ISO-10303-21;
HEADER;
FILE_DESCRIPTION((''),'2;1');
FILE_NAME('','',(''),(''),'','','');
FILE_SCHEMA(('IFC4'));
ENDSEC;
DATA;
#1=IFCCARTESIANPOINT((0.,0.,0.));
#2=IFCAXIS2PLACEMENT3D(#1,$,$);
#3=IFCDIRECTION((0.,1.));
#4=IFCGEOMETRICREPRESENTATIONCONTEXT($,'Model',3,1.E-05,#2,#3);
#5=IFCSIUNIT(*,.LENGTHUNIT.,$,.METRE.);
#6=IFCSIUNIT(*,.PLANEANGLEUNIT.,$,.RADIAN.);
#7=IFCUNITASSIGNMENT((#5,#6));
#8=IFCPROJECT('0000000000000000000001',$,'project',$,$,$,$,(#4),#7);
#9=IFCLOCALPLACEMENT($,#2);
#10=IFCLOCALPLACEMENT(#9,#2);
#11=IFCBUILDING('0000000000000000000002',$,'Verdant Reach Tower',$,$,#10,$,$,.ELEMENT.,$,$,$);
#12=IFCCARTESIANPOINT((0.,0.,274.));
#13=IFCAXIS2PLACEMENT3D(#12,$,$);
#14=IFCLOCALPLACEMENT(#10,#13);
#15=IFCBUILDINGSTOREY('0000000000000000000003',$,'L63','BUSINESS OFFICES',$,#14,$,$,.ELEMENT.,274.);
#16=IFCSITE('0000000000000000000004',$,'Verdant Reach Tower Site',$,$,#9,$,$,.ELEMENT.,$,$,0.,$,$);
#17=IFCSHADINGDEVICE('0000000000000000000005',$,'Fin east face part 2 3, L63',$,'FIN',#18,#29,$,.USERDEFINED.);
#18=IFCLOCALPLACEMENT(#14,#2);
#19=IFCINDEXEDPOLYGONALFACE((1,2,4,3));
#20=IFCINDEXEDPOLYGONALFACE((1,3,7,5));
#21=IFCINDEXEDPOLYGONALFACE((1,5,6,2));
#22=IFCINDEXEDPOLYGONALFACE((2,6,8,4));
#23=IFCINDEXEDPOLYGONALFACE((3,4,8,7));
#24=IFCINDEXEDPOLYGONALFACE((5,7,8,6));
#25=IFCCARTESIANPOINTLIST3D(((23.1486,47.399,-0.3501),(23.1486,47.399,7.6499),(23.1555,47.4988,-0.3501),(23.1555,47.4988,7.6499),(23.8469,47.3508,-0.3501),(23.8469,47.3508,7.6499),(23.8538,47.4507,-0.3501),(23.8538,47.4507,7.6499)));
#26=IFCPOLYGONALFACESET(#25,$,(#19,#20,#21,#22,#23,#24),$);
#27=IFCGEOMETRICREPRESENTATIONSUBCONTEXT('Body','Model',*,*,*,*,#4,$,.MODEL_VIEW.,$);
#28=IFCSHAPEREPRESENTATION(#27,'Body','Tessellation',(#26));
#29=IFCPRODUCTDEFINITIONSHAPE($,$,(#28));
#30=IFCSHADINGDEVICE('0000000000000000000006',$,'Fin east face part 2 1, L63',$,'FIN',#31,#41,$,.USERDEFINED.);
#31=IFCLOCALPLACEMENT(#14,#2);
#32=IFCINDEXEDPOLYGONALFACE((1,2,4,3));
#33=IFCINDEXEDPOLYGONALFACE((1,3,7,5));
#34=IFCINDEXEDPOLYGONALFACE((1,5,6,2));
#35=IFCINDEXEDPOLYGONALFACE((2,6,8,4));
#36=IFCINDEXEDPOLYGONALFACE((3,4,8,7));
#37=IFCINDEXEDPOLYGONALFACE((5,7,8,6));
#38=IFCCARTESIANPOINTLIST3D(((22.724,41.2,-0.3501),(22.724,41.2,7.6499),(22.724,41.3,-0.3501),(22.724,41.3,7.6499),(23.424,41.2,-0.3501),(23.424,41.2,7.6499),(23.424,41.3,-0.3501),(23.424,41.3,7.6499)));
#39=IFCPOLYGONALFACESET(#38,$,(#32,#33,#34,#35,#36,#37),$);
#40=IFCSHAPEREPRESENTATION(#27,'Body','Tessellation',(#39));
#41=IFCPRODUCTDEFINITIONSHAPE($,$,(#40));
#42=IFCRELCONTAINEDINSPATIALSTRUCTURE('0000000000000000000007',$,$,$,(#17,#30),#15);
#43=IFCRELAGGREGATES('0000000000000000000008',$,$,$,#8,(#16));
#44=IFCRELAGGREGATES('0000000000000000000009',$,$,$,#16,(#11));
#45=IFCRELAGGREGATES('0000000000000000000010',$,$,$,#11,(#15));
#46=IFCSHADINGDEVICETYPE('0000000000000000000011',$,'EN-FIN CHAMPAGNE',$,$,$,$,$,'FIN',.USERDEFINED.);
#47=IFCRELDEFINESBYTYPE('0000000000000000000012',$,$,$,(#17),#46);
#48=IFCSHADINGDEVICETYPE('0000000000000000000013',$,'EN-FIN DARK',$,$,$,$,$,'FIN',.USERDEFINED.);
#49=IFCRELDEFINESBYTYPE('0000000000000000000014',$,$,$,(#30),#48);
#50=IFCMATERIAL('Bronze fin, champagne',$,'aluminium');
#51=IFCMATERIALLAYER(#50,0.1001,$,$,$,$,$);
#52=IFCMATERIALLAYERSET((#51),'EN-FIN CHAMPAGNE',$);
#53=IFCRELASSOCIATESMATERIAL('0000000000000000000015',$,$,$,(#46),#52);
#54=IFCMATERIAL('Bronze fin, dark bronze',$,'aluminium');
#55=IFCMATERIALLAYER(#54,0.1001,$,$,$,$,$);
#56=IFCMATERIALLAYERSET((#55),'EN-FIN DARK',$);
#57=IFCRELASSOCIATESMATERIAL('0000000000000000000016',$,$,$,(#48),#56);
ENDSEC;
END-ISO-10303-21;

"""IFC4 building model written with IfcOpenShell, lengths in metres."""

from ifc_helpers import new_model, si_unit, direction, frame, origin, origin_2d, place, context, subcontext, project, spatial, rectangle, extrude, material, layer, layer_set, type_object, element, save


model = new_model("IFC4")

# Units and contexts
model_context = context("Model", 3, precision=1e-05, world=origin(), true_north=direction((0.0, 1.0)))
body_context = subcontext(model_context, "Body", "Model", "MODEL_VIEW")
ifc_project = project(units=[si_unit("LENGTHUNIT", "METRE"), si_unit("PLANEANGLEUNIT", "RADIAN")], contexts=[model_context])

# Site, building, storey
site_placement = place(None, origin())
site = spatial("IfcSite", under=ifc_project, at=site_placement, Name="Verdant Reach Tower Site", CompositionType="ELEMENT", RefElevation=0.0)
building_placement = place(site_placement, origin())
building = spatial("IfcBuilding", under=site, at=building_placement, Name="Verdant Reach Tower", CompositionType="ELEMENT")
storey_placement = place(building_placement, frame((0.0, 0.0, 274.0)))
storey = spatial("IfcBuildingStorey", under=building, at=storey_placement, Name="L63", Description="BUSINESS OFFICES", CompositionType="ELEMENT", Elevation=274.0)

# Shading devices
ifc_material_1 = material(Name="Bronze fin, champagne", Category="aluminium")
ifc_layer_1 = layer(ifc_material_1, 0.1001)
ifc_layer_set_1 = layer_set([ifc_layer_1], Name="EN-FIN CHAMPAGNE")
shading_device_type_1 = type_object("IfcShadingDeviceType", Name="EN-FIN CHAMPAGNE", ElementType="FIN", PredefinedType="USERDEFINED", material=ifc_layer_set_1)
shading_device_1_placement = place(storey_placement, frame((23.5012, 47.4248, -0.3501), z_axis=(0.0, 0.0, 1.0), x_axis=(0.068802, 0.99763, 0.0)))
element("IfcShadingDevice", 1, at=shading_device_1_placement, inside=storey, type_object=shading_device_type_1, Name="Fin east face part 2 3, L63", ObjectType="FIN", PredefinedType="USERDEFINED", context=body_context, shape_type="SweptSolid", body=[
    extrude(rectangle(XDim=0.1001, YDim=0.7, at=origin_2d()), origin(), (0.0, 0.0, 1.0), 8.0),
])
ifc_material_2 = material(Name="Bronze fin, dark bronze", Category="aluminium")
ifc_layer_2 = layer(ifc_material_2, 0.1001)
ifc_layer_set_2 = layer_set([ifc_layer_2], Name="EN-FIN DARK")
shading_device_type_2 = type_object("IfcShadingDeviceType", Name="EN-FIN DARK", ElementType="FIN", PredefinedType="USERDEFINED", material=ifc_layer_set_2)
shading_device_2_placement = place(storey_placement, frame((23.074, 41.25, -0.3501), z_axis=(0.0, 0.0, 1.0), x_axis=(0.0, 1.0, 0.0)))
element("IfcShadingDevice", 2, at=shading_device_2_placement, inside=storey, type_object=shading_device_type_2, Name="Fin east face part 2 1, L63", ObjectType="FIN", PredefinedType="USERDEFINED", context=body_context, shape_type="SweptSolid", body=[
    extrude(rectangle(XDim=0.1001, YDim=0.7, at=origin_2d()), origin(), (0.0, 0.0, 1.0), 8.0),
])

save(model, "model.ifc")
